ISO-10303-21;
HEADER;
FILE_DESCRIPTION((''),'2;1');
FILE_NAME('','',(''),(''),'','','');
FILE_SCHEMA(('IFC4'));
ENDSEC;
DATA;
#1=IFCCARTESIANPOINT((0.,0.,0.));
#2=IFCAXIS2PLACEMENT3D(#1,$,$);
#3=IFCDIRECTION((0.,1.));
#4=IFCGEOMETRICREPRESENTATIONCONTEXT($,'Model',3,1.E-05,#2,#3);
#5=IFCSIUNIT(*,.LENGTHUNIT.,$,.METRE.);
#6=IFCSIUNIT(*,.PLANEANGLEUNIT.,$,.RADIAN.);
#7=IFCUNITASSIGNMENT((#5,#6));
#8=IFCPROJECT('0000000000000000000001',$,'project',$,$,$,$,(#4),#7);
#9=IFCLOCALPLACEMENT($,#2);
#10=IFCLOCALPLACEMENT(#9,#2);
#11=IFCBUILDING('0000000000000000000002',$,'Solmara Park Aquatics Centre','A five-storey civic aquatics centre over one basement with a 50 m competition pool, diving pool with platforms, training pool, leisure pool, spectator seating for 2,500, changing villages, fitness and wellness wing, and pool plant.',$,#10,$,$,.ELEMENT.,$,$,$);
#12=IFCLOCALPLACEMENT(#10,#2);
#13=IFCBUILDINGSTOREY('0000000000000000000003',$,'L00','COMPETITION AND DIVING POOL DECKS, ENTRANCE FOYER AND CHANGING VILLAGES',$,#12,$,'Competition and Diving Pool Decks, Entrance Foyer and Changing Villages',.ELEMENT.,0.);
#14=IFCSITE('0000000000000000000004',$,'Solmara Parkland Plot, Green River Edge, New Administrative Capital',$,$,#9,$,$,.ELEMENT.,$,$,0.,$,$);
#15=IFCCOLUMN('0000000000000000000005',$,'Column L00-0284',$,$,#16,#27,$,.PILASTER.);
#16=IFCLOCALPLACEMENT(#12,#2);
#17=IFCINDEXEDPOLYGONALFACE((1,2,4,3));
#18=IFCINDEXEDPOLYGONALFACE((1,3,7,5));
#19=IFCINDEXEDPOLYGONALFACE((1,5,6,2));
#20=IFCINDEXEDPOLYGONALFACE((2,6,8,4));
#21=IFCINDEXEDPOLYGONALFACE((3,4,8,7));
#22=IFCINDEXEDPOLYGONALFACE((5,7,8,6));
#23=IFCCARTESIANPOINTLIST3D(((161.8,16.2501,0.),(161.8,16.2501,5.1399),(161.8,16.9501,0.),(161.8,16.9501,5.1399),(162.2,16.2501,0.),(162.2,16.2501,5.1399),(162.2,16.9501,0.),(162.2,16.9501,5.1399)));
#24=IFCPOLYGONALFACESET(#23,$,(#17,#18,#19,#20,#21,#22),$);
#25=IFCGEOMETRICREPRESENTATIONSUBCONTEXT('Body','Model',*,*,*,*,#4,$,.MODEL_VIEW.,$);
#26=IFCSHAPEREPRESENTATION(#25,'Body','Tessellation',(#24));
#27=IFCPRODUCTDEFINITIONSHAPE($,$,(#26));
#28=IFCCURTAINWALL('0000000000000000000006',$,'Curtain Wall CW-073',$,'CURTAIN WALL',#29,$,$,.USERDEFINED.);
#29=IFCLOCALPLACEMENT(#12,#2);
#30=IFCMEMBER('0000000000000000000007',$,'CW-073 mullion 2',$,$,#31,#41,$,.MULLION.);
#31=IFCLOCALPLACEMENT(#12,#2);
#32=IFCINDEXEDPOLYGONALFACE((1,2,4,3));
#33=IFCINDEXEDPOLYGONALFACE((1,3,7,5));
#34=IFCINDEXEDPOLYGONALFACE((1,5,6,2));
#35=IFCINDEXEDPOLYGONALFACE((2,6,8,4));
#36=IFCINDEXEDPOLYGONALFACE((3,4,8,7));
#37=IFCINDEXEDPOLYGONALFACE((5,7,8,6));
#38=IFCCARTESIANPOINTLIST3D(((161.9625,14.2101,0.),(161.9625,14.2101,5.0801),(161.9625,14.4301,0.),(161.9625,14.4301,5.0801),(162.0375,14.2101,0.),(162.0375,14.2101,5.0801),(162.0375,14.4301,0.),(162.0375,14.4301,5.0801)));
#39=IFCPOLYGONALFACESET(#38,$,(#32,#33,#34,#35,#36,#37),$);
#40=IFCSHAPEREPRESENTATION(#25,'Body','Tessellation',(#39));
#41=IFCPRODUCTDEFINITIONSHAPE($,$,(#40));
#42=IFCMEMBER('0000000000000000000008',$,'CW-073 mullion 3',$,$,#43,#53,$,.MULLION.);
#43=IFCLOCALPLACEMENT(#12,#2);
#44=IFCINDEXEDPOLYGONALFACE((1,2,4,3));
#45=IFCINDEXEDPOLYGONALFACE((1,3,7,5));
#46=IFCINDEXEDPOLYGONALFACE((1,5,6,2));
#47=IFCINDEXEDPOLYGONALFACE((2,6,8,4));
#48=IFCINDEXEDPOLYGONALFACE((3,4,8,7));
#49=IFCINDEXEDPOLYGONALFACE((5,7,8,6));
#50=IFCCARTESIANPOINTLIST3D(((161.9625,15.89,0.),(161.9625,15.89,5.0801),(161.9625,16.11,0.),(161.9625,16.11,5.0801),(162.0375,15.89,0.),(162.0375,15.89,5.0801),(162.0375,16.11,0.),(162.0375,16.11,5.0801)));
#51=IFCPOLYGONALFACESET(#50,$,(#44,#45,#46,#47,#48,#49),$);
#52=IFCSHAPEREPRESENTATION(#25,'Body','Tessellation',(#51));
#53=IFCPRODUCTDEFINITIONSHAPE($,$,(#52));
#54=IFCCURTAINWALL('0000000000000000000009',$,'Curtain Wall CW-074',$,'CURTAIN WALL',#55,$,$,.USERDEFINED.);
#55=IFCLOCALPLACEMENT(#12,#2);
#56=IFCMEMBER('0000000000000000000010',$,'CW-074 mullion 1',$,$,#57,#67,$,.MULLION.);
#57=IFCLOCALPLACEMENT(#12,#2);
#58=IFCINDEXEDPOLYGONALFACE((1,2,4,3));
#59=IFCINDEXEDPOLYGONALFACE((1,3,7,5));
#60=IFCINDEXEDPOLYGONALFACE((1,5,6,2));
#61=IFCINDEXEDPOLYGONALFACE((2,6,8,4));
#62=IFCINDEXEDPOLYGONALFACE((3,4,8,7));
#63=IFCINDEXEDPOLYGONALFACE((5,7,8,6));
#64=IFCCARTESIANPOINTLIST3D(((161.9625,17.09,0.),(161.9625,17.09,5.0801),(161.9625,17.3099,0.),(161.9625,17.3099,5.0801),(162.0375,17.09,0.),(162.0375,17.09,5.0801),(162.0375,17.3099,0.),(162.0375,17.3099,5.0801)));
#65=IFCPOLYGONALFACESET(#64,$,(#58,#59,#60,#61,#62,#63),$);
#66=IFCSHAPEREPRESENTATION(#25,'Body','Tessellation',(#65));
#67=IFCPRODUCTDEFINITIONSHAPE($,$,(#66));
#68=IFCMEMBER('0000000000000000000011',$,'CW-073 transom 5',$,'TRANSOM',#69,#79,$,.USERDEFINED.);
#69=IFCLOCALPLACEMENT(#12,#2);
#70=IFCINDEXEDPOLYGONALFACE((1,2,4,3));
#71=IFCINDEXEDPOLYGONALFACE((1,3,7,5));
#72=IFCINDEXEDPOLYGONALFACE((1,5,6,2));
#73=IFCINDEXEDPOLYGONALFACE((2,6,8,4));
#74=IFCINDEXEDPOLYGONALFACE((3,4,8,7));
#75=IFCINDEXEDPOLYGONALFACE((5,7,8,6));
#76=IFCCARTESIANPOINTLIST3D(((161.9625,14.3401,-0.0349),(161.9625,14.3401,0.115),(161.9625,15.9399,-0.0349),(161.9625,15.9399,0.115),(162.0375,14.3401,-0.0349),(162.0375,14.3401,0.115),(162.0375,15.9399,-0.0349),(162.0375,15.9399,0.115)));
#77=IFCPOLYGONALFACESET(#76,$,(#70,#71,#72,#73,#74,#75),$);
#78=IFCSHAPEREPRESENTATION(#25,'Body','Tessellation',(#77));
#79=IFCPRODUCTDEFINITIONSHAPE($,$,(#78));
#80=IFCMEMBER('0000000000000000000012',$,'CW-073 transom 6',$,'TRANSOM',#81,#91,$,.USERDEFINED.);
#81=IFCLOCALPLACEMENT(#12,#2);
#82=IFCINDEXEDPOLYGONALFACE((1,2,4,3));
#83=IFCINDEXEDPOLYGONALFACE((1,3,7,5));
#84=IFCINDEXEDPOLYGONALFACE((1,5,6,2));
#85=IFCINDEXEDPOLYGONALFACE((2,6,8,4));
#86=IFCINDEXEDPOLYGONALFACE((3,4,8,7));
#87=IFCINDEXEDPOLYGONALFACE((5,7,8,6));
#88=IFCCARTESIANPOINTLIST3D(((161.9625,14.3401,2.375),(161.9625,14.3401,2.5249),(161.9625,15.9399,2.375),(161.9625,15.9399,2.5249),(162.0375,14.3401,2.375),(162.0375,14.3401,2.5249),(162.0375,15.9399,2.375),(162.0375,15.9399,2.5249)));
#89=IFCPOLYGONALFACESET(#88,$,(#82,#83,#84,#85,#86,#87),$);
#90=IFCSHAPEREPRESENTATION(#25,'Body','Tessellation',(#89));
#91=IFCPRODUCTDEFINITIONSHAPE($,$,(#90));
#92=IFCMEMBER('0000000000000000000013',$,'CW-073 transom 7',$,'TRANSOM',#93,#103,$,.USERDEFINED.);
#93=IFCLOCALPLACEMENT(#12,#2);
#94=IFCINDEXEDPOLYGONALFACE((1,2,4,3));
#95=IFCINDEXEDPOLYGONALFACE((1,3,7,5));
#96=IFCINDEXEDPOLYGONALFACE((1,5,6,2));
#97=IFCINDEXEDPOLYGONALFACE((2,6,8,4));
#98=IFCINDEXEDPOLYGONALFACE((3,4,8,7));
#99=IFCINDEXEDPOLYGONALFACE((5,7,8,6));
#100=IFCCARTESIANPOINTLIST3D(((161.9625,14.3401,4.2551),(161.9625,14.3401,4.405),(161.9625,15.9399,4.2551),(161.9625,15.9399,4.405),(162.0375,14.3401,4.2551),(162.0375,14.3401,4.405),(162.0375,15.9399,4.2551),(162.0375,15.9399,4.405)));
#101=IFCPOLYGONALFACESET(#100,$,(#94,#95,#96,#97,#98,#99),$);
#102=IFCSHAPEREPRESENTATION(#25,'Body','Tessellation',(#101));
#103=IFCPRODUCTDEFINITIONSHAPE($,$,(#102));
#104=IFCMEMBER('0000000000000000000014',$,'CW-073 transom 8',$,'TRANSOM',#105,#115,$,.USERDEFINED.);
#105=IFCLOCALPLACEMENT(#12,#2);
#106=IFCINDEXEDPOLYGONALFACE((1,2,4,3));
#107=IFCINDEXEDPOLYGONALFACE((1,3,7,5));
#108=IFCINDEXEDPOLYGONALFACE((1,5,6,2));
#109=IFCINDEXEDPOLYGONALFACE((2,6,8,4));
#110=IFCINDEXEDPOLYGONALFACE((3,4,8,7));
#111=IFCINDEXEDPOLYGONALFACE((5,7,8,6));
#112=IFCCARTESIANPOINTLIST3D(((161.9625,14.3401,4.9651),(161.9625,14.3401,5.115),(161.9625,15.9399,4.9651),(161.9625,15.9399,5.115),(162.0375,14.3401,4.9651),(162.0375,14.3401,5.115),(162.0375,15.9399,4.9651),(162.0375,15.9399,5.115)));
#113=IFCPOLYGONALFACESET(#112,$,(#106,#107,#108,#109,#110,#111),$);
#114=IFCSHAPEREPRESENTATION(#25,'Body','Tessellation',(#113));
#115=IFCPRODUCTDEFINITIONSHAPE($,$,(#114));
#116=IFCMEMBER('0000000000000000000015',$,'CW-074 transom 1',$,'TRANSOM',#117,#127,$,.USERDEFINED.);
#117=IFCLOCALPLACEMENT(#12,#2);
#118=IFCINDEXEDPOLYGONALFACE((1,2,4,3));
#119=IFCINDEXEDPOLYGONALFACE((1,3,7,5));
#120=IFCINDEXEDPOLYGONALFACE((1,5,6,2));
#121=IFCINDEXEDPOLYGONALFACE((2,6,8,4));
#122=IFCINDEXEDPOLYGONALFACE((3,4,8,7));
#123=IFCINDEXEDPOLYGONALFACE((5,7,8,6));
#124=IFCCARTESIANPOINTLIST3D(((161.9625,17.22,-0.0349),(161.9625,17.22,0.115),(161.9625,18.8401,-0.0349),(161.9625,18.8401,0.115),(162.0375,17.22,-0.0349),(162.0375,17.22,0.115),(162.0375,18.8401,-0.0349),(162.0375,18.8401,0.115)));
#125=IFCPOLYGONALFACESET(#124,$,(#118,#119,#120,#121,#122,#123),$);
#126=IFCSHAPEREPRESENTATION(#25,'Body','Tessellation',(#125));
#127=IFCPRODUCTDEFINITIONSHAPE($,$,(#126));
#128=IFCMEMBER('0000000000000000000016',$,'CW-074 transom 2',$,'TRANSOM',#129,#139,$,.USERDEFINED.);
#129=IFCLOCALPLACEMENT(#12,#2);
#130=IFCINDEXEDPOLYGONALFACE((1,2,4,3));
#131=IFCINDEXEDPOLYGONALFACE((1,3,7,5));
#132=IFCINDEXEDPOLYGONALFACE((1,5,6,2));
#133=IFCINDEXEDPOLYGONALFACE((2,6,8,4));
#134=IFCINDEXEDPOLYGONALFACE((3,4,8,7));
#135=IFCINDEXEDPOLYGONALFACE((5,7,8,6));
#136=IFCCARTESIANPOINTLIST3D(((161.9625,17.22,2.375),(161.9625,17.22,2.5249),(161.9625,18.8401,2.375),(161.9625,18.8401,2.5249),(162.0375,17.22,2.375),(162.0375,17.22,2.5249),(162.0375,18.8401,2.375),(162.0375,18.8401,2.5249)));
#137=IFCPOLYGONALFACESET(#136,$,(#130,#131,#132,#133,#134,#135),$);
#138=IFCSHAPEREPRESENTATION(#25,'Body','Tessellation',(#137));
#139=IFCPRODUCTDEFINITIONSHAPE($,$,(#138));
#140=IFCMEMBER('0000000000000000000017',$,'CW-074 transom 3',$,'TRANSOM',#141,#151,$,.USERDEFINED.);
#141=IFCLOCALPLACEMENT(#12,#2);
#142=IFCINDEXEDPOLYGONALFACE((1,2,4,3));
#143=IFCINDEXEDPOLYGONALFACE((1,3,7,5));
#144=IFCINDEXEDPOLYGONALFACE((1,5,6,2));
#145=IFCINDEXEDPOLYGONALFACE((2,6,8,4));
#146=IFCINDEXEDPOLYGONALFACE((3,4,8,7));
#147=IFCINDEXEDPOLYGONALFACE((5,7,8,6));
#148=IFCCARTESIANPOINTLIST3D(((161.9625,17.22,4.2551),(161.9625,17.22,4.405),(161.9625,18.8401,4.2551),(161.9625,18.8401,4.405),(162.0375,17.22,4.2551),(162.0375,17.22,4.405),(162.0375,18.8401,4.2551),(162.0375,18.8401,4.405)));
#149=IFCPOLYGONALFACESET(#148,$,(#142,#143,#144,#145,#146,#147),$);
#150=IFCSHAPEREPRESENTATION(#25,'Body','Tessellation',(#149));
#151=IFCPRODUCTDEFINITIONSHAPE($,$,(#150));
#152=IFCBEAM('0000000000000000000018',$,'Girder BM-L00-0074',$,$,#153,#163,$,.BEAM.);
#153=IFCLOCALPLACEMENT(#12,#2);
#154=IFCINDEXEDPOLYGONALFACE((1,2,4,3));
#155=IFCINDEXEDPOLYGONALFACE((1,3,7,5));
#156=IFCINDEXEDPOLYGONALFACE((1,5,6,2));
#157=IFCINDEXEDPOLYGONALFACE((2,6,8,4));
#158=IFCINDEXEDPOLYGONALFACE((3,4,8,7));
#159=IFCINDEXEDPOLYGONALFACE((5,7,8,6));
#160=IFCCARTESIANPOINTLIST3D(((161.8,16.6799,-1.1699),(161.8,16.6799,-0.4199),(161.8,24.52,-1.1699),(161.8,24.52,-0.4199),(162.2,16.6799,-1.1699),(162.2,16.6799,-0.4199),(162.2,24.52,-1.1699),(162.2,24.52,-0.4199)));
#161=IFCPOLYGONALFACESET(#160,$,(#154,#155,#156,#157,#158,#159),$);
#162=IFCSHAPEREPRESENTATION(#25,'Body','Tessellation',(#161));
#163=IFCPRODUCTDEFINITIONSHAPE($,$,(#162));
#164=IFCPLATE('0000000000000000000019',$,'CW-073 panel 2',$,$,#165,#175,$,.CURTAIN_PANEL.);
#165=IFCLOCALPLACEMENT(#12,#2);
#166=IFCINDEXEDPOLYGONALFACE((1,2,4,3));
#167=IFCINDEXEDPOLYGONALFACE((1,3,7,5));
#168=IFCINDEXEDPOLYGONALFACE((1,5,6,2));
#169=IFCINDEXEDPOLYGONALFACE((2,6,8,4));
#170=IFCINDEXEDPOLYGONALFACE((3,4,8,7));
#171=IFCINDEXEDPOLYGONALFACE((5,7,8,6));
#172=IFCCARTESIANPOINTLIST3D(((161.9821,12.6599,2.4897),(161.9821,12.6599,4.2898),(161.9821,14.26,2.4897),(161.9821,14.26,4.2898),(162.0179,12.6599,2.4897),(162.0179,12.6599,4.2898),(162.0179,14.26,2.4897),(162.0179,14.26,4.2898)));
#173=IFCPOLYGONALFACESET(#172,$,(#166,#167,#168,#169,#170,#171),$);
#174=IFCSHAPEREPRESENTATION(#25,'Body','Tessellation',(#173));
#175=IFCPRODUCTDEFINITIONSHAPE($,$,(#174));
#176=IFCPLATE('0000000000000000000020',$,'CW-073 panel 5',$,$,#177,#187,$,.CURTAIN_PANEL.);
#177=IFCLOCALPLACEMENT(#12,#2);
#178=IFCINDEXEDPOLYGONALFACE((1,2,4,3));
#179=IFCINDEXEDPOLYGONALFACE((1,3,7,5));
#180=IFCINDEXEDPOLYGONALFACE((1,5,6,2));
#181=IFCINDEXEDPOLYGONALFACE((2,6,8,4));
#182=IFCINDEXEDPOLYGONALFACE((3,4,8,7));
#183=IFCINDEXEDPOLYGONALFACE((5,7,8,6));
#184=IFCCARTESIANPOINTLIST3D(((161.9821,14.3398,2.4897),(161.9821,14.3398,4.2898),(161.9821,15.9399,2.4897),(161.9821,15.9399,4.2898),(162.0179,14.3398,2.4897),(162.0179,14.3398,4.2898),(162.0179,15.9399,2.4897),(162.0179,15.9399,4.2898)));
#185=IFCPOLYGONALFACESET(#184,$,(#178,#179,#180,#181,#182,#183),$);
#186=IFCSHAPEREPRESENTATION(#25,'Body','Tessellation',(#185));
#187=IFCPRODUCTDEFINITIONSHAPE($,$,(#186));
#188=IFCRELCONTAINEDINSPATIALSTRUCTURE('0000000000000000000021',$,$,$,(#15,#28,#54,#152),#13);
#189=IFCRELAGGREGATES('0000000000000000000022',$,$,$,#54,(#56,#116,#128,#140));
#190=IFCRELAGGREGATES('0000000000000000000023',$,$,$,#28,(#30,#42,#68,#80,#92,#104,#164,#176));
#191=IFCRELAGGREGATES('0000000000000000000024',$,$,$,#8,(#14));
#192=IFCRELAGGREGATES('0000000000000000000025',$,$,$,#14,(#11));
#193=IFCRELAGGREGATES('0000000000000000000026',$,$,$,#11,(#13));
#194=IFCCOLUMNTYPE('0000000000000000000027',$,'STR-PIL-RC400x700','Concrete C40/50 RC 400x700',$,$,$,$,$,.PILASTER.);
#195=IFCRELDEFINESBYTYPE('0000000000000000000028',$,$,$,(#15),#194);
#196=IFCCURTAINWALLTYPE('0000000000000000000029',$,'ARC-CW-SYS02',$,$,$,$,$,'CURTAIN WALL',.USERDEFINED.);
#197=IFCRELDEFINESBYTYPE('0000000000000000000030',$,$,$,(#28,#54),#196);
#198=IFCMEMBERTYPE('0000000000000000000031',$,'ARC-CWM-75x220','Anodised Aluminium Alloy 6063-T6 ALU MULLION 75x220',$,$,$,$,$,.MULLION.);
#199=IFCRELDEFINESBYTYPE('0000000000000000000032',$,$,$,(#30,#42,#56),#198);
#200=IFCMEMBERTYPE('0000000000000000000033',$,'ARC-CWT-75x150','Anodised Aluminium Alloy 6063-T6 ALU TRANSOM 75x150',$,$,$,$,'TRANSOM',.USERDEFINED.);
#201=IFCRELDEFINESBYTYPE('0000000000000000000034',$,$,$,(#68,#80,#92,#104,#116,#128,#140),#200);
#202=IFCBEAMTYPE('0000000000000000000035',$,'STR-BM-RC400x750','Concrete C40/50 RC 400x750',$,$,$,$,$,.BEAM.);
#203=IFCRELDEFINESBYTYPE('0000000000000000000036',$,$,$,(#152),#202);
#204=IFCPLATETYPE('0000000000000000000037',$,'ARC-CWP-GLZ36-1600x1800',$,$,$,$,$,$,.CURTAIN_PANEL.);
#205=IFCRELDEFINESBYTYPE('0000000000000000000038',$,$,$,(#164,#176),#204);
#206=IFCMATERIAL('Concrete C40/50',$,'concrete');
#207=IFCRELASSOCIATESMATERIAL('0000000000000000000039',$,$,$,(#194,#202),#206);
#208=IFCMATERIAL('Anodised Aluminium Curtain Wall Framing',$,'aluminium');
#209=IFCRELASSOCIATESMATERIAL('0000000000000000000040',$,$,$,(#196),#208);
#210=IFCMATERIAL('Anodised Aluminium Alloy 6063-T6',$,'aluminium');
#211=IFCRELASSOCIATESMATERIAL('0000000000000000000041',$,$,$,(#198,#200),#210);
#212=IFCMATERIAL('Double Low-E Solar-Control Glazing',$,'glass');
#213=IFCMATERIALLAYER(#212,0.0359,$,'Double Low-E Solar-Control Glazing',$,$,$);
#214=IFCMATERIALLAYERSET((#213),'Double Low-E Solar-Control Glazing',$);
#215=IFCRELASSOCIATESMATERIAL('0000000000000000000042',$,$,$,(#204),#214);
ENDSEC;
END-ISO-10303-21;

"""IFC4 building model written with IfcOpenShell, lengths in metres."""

from ifc_helpers import new_model, si_unit, direction, frame, origin, origin_2d, place, context, subcontext, project, spatial, rectangle, extrude, material, layer, layer_set, material_profile, profile_set, type_object, element, aggregate, save


model = new_model("IFC4")

# Units and contexts
model_context = context("Model", 3, precision=1e-05, world=origin(), true_north=direction((0.0, 1.0)))
body_context = subcontext(model_context, "Body", "Model", "MODEL_VIEW")
ifc_project = project(units=[si_unit("LENGTHUNIT", "METRE"), si_unit("PLANEANGLEUNIT", "RADIAN")], contexts=[model_context])

# Site, building, storey
site_placement = place(None, origin())
site = spatial("IfcSite", under=ifc_project, at=site_placement, Name="Solmara Parkland Plot, Green River Edge, New Administrative Capital", CompositionType="ELEMENT", RefElevation=0.0)
building_placement = place(site_placement, origin())
building = spatial("IfcBuilding", under=site, at=building_placement, Name="Solmara Park Aquatics Centre", Description="A five-storey civic aquatics centre over one basement with a 50 m competition pool, diving pool with platforms, training pool, leisure pool, spectator seating for 2,500, changing villages, fitness and wellness wing, and pool plant.", CompositionType="ELEMENT")
storey_placement = place(building_placement, origin())
storey = spatial("IfcBuildingStorey", under=building, at=storey_placement, Name="L00", Description="COMPETITION AND DIVING POOL DECKS, ENTRANCE FOYER AND CHANGING VILLAGES", LongName="Competition and Diving Pool Decks, Entrance Foyer and Changing Villages", CompositionType="ELEMENT", Elevation=0.0)

# Column
ifc_material_1 = material(Name="Concrete C40/50", Category="concrete")
ifc_material_profile_1 = material_profile(ifc_material_1, rectangle(XDim=0.3999, YDim=0.7, at=origin_2d()), Name="RC 400x700")
ifc_profile_set_1 = profile_set([ifc_material_profile_1], Name="Concrete C40/50")
column_type = type_object("IfcColumnType", Name="STR-PIL-RC400x700", Description="Concrete C40/50 RC 400x700", PredefinedType="PILASTER", material=ifc_profile_set_1)
column_placement = place(storey_placement, frame((162.0, 16.6001, 0.0), z_axis=(0.0, 0.0, 1.0), x_axis=(1.0, 0.0, 0.0)))
element("IfcColumn", 1, at=column_placement, inside=storey, type_object=column_type, Name="Column L00-0284", PredefinedType="PILASTER", context=body_context, shape_type="SweptSolid", body=[
    extrude(rectangle(XDim=0.3999, YDim=0.7, at=origin_2d()), origin(), (0.0, 0.0, 1.0), 5.1399),
])

# Curtain wall, members
ifc_material_2 = material(Name="Anodised Aluminium Curtain Wall Framing", Category="aluminium")
curtain_wall_type = type_object("IfcCurtainWallType", Name="ARC-CW-SYS02", ElementType="CURTAIN WALL", PredefinedType="USERDEFINED", material=ifc_material_2)
curtain_wall_1_placement = place(storey_placement, origin())
curtain_wall_1 = element("IfcCurtainWall", 2, at=curtain_wall_1_placement, inside=storey, type_object=curtain_wall_type, Name="Curtain Wall CW-073", ObjectType="CURTAIN WALL", PredefinedType="USERDEFINED")
ifc_material_3 = material(Name="Anodised Aluminium Alloy 6063-T6", Category="aluminium")
ifc_material_profile_2 = material_profile(ifc_material_3, rectangle(XDim=0.075, YDim=0.22, at=origin_2d()), Name="ALU MULLION 75x220")
ifc_profile_set_2 = profile_set([ifc_material_profile_2], Name="Anodised Aluminium Alloy 6063-T6")
member_type_1 = type_object("IfcMemberType", Name="ARC-CWM-75x220", Description="Anodised Aluminium Alloy 6063-T6 ALU MULLION 75x220", PredefinedType="MULLION", material=ifc_profile_set_2)
member_1_placement = place(storey_placement, frame((162.0, 14.3201, 0.0), z_axis=(0.0, 0.0, 1.0), x_axis=(1.0, 0.0, 0.0)))
member_1 = element("IfcMember", 3, at=member_1_placement, type_object=member_type_1, Name="CW-073 mullion 2", PredefinedType="MULLION", context=body_context, shape_type="SweptSolid", body=[
    extrude(rectangle(XDim=0.075, YDim=0.22, at=origin_2d()), origin(), (0.0, 0.0, 1.0), 5.0801),
])
member_2_placement = place(storey_placement, frame((162.0, 16.0, 0.0), z_axis=(0.0, 0.0, 1.0), x_axis=(1.0, 0.0, 0.0)))
member_2 = element("IfcMember", 4, at=member_2_placement, type_object=member_type_1, Name="CW-073 mullion 3", PredefinedType="MULLION", context=body_context, shape_type="SweptSolid", body=[
    extrude(rectangle(XDim=0.075, YDim=0.22, at=origin_2d()), origin(), (0.0, 0.0, 1.0), 5.0801),
])

# Curtain wall, member
curtain_wall_2_placement = place(storey_placement, origin())
curtain_wall_2 = element("IfcCurtainWall", 5, at=curtain_wall_2_placement, inside=storey, type_object=curtain_wall_type, Name="Curtain Wall CW-074", ObjectType="CURTAIN WALL", PredefinedType="USERDEFINED")
member_3_placement = place(storey_placement, frame((162.0, 17.2, 0.0), z_axis=(0.0, 0.0, 1.0), x_axis=(1.0, 0.0, 0.0)))
member_3 = element("IfcMember", 6, at=member_3_placement, type_object=member_type_1, Name="CW-074 mullion 1", PredefinedType="MULLION", context=body_context, shape_type="SweptSolid", body=[
    extrude(rectangle(XDim=0.075, YDim=0.22, at=origin_2d()), origin(), (0.0, 0.0, 1.0), 5.0801),
])

# Members
ifc_material_profile_3 = material_profile(ifc_material_3, rectangle(XDim=0.075, YDim=0.1499, at=origin_2d()), Name="ALU TRANSOM 75x150")
ifc_profile_set_3 = profile_set([ifc_material_profile_3], Name="Anodised Aluminium Alloy 6063-T6")
member_type_2 = type_object("IfcMemberType", Name="ARC-CWT-75x150", Description="Anodised Aluminium Alloy 6063-T6 ALU TRANSOM 75x150", ElementType="TRANSOM", PredefinedType="USERDEFINED", material=ifc_profile_set_3)
member_4_placement = place(storey_placement, frame((162.0, 14.3401, 0.04), z_axis=(0.0, 1.0, 0.0), x_axis=(-1.0, 0.0, 0.0)))
member_4 = element("IfcMember", 7, at=member_4_placement, type_object=member_type_2, Name="CW-073 transom 5", ObjectType="TRANSOM", PredefinedType="USERDEFINED", context=body_context, shape_type="SweptSolid", body=[
    extrude(rectangle(XDim=0.075, YDim=0.1499, at=origin_2d()), origin(), (0.0, 0.0, 1.0), 1.5999),
])
member_5_placement = place(storey_placement, frame((162.0, 14.3401, 2.45), z_axis=(0.0, 1.0, 0.0), x_axis=(-1.0, 0.0, 0.0)))
member_5 = element("IfcMember", 8, at=member_5_placement, type_object=member_type_2, Name="CW-073 transom 6", ObjectType="TRANSOM", PredefinedType="USERDEFINED", context=body_context, shape_type="SweptSolid", body=[
    extrude(rectangle(XDim=0.075, YDim=0.1499, at=origin_2d()), origin(), (0.0, 0.0, 1.0), 1.5999),
])
member_6_placement = place(storey_placement, frame((162.0, 14.3401, 4.3301), z_axis=(0.0, 1.0, 0.0), x_axis=(-1.0, 0.0, 0.0)))
member_6 = element("IfcMember", 9, at=member_6_placement, type_object=member_type_2, Name="CW-073 transom 7", ObjectType="TRANSOM", PredefinedType="USERDEFINED", context=body_context, shape_type="SweptSolid", body=[
    extrude(rectangle(XDim=0.075, YDim=0.1499, at=origin_2d()), origin(), (0.0, 0.0, 1.0), 1.5999),
])
member_7_placement = place(storey_placement, frame((162.0, 14.3401, 5.04), z_axis=(0.0, 1.0, 0.0), x_axis=(-1.0, 0.0, 0.0)))
member_7 = element("IfcMember", 10, at=member_7_placement, type_object=member_type_2, Name="CW-073 transom 8", ObjectType="TRANSOM", PredefinedType="USERDEFINED", context=body_context, shape_type="SweptSolid", body=[
    extrude(rectangle(XDim=0.075, YDim=0.1499, at=origin_2d()), origin(), (0.0, 0.0, 1.0), 1.5999),
])
member_8_placement = place(storey_placement, frame((162.0, 17.22, 0.04), z_axis=(0.0, 1.0, 0.0), x_axis=(-1.0, 0.0, 0.0)))
member_8 = element("IfcMember", 11, at=member_8_placement, type_object=member_type_2, Name="CW-074 transom 1", ObjectType="TRANSOM", PredefinedType="USERDEFINED", context=body_context, shape_type="SweptSolid", body=[
    extrude(rectangle(XDim=0.075, YDim=0.1499, at=origin_2d()), origin(), (0.0, 0.0, 1.0), 1.6201),
])
member_9_placement = place(storey_placement, frame((162.0, 17.22, 2.45), z_axis=(0.0, 1.0, 0.0), x_axis=(-1.0, 0.0, 0.0)))
member_9 = element("IfcMember", 12, at=member_9_placement, type_object=member_type_2, Name="CW-074 transom 2", ObjectType="TRANSOM", PredefinedType="USERDEFINED", context=body_context, shape_type="SweptSolid", body=[
    extrude(rectangle(XDim=0.075, YDim=0.1499, at=origin_2d()), origin(), (0.0, 0.0, 1.0), 1.6201),
])
member_10_placement = place(storey_placement, frame((162.0, 17.22, 4.3301), z_axis=(0.0, 1.0, 0.0), x_axis=(-1.0, 0.0, 0.0)))
member_10 = element("IfcMember", 13, at=member_10_placement, type_object=member_type_2, Name="CW-074 transom 3", ObjectType="TRANSOM", PredefinedType="USERDEFINED", context=body_context, shape_type="SweptSolid", body=[
    extrude(rectangle(XDim=0.075, YDim=0.1499, at=origin_2d()), origin(), (0.0, 0.0, 1.0), 1.6201),
])
aggregate(curtain_wall_2, [member_3, member_8, member_9, member_10])

# Beam
ifc_material_profile_4 = material_profile(ifc_material_1, rectangle(XDim=0.3999, YDim=0.75, at=origin_2d()), Name="RC 400x750")
ifc_profile_set_4 = profile_set([ifc_material_profile_4], Name="Concrete C40/50")
beam_type = type_object("IfcBeamType", Name="STR-BM-RC400x750", Description="Concrete C40/50 RC 400x750", PredefinedType="BEAM", material=ifc_profile_set_4)
beam_placement = place(storey_placement, frame((162.0, 16.6799, -0.7949), z_axis=(0.0, 1.0, 0.0), x_axis=(-1.0, 0.0, 0.0)))
element("IfcBeam", 14, at=beam_placement, inside=storey, type_object=beam_type, Name="Girder BM-L00-0074", PredefinedType="BEAM", context=body_context, shape_type="SweptSolid", body=[
    extrude(rectangle(XDim=0.3999, YDim=0.75, at=origin_2d()), origin(), (0.0, 0.0, 1.0), 7.8401),
])

# Plates
ifc_material_4 = material(Name="Double Low-E Solar-Control Glazing", Category="glass")
ifc_layer_1 = layer(ifc_material_4, 0.0359, Name="Double Low-E Solar-Control Glazing")
ifc_layer_set_1 = layer_set([ifc_layer_1], Name="Double Low-E Solar-Control Glazing")
plate_type_1 = type_object("IfcPlateType", Name="ARC-CWP-GLZ36-1600x1800", PredefinedType="CURTAIN_PANEL", material=ifc_layer_set_1)
plate_1_placement = place(storey_placement, frame((162.0, 13.46, 2.4897), z_axis=(0.0, 0.0, 1.0), x_axis=(0.0, 1.0, 0.0)))
plate_1 = element("IfcPlate", 15, at=plate_1_placement, type_object=plate_type_1, Name="CW-073 panel 2", PredefinedType="CURTAIN_PANEL", context=body_context, shape_type="SweptSolid", body=[
    extrude(rectangle(XDim=1.6001, YDim=0.0359, at=origin_2d()), origin(), (0.0, 0.0, 1.0), 1.8),
])
plate_2_placement = place(storey_placement, frame((162.0, 15.1399, 2.4897), z_axis=(0.0, 0.0, 1.0), x_axis=(0.0, 1.0, 0.0)))
plate_2 = element("IfcPlate", 16, at=plate_2_placement, type_object=plate_type_1, Name="CW-073 panel 5", PredefinedType="CURTAIN_PANEL", context=body_context, shape_type="SweptSolid", body=[
    extrude(rectangle(XDim=1.6001, YDim=0.0359, at=origin_2d()), origin(), (0.0, 0.0, 1.0), 1.8),
])
aggregate(curtain_wall_1, [member_1, member_2, member_4, member_5, member_6, member_7, plate_1, plate_2])

save(model, "model.ifc")
